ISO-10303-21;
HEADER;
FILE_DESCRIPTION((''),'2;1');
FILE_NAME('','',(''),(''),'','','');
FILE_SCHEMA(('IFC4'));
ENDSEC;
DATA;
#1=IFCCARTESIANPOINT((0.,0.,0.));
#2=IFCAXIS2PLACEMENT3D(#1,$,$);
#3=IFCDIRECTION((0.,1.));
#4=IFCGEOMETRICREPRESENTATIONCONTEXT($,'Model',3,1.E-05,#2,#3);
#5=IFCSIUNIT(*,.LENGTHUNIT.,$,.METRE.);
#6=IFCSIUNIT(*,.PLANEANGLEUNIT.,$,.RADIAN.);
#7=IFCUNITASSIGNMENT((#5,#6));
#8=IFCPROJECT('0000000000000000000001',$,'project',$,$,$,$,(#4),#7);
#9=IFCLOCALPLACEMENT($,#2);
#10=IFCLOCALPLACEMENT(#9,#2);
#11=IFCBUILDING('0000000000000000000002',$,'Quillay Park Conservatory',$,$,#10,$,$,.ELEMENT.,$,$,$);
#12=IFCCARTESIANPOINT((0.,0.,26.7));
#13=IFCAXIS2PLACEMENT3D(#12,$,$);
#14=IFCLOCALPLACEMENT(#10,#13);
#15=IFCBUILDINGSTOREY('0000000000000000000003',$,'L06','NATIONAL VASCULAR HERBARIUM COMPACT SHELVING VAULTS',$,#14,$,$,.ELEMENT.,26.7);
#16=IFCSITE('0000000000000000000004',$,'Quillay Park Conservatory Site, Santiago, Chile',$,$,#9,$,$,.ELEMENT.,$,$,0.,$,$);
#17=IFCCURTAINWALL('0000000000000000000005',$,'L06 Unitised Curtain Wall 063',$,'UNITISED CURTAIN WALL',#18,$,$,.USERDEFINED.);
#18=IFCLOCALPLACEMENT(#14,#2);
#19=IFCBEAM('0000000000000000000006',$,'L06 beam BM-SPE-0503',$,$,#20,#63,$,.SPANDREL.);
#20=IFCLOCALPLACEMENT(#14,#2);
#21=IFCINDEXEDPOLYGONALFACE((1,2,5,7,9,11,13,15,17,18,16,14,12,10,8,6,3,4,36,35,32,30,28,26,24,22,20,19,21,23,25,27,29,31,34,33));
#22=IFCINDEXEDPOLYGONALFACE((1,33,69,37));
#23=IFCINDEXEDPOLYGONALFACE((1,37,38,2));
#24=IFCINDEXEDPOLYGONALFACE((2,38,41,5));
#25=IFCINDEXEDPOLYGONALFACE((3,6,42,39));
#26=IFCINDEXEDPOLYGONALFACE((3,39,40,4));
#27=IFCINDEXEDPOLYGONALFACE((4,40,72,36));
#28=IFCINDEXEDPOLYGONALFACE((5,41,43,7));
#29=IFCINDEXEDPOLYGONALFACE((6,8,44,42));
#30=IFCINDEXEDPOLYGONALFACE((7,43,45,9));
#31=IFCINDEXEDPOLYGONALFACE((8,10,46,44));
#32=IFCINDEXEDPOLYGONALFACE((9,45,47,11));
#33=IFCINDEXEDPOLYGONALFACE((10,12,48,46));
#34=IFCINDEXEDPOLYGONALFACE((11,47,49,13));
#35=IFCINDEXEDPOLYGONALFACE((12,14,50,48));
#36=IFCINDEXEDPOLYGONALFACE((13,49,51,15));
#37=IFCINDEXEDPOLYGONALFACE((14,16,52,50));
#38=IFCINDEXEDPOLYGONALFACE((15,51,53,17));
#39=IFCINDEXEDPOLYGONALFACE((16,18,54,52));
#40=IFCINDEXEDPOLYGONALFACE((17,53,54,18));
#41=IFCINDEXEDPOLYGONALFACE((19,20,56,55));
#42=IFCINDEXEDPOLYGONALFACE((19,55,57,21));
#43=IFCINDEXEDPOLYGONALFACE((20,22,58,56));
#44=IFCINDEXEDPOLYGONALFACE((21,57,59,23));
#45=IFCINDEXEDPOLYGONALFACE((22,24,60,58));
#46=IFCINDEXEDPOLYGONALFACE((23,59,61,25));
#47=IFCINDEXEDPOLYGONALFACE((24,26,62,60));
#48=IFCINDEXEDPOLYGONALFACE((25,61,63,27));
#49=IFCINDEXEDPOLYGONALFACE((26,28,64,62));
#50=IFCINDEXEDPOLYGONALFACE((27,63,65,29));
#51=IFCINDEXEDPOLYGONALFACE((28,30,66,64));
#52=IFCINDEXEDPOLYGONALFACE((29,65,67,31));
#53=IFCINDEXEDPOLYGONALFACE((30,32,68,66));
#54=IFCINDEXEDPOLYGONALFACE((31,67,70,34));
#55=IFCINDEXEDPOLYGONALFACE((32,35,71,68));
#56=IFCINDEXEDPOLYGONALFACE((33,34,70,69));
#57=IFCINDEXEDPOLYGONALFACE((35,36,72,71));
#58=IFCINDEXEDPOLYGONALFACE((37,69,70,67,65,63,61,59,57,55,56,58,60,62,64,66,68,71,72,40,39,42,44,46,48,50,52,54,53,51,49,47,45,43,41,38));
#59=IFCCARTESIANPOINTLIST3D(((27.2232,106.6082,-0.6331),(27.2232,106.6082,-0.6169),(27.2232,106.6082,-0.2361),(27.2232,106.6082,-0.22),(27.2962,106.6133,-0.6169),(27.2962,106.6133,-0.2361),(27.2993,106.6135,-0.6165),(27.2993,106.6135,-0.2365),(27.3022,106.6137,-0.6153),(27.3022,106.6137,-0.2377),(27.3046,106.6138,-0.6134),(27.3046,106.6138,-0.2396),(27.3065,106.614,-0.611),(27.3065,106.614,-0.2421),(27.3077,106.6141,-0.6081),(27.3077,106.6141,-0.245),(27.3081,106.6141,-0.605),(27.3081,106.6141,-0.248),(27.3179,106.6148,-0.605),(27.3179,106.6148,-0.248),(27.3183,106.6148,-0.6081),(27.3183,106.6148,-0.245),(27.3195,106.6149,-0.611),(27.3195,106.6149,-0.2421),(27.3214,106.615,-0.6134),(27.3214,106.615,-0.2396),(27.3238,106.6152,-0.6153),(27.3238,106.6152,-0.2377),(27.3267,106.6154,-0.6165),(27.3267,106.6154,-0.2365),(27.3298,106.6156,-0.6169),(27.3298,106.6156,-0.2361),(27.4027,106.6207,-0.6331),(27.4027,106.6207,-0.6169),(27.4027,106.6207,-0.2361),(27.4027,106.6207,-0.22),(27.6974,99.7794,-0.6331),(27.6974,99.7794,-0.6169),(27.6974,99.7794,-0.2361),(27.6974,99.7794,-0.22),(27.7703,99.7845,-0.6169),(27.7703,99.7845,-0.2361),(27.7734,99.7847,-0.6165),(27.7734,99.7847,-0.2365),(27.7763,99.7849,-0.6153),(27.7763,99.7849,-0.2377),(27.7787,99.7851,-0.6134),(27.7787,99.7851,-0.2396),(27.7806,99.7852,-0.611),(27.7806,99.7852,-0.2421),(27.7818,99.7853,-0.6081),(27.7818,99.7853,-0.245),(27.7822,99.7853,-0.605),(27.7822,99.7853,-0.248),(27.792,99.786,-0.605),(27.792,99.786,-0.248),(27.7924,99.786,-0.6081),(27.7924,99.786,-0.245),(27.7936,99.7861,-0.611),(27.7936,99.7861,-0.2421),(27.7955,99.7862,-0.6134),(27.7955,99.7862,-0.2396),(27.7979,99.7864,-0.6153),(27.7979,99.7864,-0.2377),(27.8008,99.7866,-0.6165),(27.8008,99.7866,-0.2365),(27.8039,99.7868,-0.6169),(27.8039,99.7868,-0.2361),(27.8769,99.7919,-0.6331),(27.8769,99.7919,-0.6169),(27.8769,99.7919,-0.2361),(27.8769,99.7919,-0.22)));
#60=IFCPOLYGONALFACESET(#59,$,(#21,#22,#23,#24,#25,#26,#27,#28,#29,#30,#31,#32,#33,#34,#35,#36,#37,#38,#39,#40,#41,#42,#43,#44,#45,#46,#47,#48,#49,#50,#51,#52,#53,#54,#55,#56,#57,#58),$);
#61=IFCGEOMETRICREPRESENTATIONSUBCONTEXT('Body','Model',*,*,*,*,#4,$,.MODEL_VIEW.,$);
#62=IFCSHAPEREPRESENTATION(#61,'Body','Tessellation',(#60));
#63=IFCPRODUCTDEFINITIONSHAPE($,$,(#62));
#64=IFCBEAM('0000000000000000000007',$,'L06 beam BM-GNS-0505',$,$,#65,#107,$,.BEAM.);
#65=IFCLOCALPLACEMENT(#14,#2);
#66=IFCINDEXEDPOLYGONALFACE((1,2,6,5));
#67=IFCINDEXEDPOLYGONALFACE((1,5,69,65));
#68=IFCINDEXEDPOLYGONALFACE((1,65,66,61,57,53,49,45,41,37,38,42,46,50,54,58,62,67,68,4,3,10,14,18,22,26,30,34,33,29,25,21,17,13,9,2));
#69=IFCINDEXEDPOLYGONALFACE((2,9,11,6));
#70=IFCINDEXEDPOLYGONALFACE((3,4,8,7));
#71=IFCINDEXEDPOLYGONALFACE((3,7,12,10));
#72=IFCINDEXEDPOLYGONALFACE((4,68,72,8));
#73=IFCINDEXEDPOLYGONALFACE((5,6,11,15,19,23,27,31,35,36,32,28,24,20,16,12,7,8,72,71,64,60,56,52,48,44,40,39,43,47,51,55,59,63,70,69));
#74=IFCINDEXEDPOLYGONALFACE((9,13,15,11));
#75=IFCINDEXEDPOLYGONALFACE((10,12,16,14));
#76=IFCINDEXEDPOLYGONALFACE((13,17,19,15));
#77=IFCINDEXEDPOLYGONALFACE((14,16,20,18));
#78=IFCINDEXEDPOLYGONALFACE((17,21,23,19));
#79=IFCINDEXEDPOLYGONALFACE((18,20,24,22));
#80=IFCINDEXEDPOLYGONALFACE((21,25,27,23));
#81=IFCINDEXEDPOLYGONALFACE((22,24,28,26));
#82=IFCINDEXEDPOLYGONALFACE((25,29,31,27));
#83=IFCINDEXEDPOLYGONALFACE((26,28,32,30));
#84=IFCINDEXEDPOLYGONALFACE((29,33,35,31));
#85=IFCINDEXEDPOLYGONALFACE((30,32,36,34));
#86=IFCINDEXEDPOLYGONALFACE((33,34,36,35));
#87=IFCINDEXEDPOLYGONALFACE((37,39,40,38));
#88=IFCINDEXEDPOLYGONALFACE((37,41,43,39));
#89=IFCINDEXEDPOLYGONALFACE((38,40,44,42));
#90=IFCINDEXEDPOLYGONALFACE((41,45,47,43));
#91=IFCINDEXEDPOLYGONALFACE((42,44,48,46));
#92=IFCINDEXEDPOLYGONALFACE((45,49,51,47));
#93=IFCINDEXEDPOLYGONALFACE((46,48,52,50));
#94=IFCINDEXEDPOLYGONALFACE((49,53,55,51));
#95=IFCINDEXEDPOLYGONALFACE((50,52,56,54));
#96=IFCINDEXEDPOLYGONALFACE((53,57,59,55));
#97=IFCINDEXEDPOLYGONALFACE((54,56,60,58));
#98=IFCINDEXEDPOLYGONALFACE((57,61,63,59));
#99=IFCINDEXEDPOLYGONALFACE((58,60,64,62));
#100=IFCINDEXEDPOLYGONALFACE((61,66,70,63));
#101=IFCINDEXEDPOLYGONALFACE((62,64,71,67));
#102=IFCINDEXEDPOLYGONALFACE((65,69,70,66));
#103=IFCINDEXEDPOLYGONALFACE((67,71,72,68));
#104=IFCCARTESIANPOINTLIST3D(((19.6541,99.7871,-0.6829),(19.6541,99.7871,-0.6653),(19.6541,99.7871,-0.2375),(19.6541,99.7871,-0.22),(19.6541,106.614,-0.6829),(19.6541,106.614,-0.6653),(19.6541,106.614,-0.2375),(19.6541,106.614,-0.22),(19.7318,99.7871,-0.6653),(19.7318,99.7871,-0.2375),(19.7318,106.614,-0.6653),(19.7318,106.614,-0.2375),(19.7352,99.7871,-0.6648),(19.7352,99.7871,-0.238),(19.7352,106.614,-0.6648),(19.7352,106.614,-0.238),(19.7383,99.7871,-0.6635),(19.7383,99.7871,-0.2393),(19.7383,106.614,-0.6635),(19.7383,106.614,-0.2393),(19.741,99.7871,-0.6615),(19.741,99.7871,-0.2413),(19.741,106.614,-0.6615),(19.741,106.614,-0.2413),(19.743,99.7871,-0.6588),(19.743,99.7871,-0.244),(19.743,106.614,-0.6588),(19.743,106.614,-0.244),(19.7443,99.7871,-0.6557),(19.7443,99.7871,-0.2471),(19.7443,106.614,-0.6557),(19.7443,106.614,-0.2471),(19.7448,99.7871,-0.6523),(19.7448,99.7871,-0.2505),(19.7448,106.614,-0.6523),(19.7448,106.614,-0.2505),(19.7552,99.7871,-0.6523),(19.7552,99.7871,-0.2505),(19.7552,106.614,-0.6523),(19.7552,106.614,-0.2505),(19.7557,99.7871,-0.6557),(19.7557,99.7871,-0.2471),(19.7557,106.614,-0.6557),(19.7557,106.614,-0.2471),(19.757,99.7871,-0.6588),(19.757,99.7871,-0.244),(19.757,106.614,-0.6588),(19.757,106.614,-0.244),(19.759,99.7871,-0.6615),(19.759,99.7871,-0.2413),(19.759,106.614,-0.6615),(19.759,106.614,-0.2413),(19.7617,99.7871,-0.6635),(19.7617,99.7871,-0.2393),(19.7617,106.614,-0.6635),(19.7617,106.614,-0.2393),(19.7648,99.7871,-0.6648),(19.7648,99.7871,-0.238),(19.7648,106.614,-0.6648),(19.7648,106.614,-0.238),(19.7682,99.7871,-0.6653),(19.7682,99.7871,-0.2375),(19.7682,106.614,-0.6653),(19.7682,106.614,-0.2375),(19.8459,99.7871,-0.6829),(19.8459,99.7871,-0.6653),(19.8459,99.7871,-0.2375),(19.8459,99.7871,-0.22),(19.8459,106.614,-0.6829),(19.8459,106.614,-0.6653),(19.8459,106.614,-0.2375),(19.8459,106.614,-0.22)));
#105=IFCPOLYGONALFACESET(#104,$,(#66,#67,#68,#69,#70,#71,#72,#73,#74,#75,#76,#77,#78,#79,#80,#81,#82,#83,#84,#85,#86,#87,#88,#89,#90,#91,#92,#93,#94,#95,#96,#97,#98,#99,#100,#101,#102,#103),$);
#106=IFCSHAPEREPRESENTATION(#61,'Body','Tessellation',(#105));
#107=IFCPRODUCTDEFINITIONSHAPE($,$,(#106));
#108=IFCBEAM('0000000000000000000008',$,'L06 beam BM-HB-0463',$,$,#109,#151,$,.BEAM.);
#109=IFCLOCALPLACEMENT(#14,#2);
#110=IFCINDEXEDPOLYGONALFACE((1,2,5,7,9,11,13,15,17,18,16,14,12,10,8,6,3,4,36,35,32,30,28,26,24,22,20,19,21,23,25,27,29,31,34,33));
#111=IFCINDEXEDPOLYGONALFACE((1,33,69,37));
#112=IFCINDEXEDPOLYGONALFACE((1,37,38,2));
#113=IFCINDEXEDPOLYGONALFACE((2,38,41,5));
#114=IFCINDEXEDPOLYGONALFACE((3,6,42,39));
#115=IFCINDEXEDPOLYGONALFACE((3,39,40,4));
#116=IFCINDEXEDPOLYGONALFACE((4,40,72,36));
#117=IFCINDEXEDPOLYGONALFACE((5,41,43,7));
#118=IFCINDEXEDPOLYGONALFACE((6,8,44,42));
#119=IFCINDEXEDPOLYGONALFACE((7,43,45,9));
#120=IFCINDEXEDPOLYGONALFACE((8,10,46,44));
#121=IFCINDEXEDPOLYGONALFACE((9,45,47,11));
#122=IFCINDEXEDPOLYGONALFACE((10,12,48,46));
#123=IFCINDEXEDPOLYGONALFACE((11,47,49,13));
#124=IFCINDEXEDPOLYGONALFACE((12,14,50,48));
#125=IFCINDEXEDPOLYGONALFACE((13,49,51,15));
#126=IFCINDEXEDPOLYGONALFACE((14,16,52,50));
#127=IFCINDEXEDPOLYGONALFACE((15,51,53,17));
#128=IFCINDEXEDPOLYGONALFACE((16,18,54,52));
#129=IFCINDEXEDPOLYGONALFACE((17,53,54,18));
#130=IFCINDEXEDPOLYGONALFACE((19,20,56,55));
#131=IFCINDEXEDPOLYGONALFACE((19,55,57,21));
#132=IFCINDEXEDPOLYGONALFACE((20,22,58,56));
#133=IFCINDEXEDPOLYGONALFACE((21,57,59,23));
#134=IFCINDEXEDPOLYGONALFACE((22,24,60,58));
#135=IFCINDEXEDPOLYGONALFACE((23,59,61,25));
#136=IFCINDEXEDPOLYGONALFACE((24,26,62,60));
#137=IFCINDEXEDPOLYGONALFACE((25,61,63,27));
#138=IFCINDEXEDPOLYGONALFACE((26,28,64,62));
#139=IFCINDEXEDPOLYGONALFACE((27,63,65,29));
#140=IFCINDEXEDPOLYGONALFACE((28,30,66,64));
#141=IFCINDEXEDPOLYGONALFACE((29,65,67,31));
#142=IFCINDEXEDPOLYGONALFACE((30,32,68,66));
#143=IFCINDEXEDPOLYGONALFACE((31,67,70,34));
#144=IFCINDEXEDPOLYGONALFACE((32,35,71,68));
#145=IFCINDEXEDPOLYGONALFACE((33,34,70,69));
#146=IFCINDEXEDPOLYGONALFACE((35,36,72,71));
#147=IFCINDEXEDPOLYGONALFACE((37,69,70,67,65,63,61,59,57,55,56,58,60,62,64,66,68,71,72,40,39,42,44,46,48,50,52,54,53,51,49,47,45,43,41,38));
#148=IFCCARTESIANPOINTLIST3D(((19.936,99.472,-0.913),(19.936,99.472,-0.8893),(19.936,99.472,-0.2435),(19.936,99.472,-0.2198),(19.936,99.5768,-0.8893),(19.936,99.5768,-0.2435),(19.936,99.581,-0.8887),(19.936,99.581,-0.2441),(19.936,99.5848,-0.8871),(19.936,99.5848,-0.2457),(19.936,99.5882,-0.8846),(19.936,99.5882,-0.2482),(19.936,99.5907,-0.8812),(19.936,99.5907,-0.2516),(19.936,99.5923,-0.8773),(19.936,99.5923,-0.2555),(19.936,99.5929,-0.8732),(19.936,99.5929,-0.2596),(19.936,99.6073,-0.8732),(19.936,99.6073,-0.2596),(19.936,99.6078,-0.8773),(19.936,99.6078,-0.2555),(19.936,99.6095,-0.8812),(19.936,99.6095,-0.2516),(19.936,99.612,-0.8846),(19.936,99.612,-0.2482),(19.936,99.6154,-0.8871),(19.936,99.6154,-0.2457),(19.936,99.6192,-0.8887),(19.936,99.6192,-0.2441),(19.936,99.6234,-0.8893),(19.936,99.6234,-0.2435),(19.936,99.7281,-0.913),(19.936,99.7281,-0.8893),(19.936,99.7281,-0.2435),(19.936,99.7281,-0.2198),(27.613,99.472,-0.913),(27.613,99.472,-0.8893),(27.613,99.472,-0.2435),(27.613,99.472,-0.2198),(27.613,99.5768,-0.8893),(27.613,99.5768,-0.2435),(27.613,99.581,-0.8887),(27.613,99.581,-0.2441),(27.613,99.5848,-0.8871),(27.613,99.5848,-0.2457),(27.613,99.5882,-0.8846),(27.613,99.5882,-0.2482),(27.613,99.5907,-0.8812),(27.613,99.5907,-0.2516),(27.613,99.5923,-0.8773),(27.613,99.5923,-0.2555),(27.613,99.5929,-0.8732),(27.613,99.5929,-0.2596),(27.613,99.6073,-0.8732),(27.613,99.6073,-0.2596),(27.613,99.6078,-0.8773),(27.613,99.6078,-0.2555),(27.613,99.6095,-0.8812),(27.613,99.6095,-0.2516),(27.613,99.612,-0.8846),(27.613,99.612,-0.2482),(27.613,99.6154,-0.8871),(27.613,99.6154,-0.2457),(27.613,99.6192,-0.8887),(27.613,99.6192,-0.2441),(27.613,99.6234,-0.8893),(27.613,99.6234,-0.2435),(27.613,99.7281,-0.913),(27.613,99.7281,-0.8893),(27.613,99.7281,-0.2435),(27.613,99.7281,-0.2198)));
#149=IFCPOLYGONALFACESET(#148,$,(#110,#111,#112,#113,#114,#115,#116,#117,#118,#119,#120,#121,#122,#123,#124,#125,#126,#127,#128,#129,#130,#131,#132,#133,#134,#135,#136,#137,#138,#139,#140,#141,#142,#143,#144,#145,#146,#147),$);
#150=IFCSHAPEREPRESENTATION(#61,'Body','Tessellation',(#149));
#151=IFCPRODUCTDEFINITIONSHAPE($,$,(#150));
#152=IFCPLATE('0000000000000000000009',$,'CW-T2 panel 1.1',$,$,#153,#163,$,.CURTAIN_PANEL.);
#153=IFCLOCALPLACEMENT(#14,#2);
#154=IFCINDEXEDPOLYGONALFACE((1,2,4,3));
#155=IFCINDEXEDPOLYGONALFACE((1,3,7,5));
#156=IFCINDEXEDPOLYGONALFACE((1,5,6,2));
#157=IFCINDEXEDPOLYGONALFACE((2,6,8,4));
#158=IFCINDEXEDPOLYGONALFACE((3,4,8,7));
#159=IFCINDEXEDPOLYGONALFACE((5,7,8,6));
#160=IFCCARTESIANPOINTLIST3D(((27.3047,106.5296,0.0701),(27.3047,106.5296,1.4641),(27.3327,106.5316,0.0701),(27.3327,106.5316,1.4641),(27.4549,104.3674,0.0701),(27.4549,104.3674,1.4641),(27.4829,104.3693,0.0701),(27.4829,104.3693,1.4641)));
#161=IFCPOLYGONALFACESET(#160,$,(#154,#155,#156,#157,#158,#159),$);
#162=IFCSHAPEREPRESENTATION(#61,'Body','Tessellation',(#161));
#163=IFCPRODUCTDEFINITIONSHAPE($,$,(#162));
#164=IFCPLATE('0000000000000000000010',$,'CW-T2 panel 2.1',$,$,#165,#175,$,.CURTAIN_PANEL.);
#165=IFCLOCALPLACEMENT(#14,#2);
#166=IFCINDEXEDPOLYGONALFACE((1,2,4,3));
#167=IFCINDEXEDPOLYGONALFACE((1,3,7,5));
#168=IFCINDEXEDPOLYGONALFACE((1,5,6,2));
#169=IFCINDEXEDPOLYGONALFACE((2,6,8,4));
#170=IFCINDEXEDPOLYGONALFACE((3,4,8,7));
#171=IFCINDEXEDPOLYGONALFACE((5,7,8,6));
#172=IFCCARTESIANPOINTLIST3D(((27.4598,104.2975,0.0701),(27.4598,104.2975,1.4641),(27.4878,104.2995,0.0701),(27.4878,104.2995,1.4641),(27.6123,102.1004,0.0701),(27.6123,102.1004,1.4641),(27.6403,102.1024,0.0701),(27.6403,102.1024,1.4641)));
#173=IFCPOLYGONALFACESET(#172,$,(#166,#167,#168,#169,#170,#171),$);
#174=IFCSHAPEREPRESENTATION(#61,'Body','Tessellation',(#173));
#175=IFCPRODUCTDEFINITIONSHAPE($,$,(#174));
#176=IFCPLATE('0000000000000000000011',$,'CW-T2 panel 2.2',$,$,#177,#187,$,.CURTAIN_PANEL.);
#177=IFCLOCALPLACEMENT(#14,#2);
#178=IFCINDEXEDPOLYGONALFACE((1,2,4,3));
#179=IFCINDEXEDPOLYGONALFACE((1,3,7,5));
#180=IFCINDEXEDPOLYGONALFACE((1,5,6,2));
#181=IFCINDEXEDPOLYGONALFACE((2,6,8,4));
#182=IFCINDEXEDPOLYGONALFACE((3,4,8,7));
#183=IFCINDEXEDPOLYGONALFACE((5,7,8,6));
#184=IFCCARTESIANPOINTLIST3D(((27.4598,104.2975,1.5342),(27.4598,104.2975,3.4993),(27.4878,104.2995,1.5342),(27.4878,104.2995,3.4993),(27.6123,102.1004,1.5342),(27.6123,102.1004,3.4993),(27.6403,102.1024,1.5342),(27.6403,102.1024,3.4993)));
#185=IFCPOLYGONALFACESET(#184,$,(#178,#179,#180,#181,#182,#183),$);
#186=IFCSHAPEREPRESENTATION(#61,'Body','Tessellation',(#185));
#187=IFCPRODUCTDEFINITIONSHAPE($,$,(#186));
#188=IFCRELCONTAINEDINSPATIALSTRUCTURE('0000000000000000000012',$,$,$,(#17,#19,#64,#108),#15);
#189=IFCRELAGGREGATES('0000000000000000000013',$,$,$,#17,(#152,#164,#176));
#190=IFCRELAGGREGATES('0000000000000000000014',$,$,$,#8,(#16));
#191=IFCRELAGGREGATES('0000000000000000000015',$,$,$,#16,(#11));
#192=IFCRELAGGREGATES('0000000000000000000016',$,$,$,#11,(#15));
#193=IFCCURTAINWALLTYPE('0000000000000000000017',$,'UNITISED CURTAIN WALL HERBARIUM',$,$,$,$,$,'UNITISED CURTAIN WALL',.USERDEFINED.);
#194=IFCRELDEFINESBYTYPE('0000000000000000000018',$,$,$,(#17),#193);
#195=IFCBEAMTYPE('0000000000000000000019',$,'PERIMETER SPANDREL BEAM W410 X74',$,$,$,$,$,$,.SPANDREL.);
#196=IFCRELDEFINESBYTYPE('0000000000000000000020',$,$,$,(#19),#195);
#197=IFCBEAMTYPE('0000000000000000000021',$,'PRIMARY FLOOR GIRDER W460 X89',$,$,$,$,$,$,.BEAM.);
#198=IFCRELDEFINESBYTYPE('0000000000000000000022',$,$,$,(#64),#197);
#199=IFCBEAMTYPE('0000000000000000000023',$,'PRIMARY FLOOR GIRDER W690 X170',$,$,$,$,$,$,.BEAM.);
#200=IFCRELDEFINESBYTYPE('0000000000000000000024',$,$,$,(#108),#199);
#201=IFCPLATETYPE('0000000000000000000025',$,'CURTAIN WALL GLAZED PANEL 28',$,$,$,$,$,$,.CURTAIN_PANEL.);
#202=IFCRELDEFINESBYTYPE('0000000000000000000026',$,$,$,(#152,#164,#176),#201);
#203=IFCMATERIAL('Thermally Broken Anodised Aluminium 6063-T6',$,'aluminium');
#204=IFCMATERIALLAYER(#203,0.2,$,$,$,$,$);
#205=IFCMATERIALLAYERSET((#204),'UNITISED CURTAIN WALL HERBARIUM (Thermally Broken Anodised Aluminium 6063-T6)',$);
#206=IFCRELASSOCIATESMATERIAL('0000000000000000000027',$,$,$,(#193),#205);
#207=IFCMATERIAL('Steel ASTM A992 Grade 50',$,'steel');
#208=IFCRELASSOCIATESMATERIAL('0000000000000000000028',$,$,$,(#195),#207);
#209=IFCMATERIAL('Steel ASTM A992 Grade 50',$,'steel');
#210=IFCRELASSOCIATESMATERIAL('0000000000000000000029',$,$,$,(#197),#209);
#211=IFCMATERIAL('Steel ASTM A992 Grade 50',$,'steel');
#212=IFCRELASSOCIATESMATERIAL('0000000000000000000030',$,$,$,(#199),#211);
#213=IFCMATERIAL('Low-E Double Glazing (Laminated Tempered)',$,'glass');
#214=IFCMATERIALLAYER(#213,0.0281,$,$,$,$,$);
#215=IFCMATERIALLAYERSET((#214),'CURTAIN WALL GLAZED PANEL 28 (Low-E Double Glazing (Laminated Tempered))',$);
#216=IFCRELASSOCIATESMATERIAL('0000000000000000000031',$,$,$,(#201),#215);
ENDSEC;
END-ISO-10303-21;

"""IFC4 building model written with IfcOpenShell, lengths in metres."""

from ifc_helpers import new_model, si_unit, direction, frame, origin, origin_2d, place, context, subcontext, project, spatial, rectangle, i_section, extrude, material, layer, layer_set, material_profile, profile_set, type_object, element, aggregate, save


model = new_model("IFC4")

# Units and contexts
model_context = context("Model", 3, precision=1e-05, world=origin(), true_north=direction((0.0, 1.0)))
body_context = subcontext(model_context, "Body", "Model", "MODEL_VIEW")
ifc_project = project(units=[si_unit("LENGTHUNIT", "METRE"), si_unit("PLANEANGLEUNIT", "RADIAN")], contexts=[model_context])

# Site, building, storey
site_placement = place(None, origin())
site = spatial("IfcSite", under=ifc_project, at=site_placement, Name="Quillay Park Conservatory Site, Santiago, Chile", CompositionType="ELEMENT", RefElevation=0.0)
building_placement = place(site_placement, origin())
building = spatial("IfcBuilding", under=site, at=building_placement, Name="Quillay Park Conservatory", CompositionType="ELEMENT")
storey_placement = place(building_placement, frame((0.0, 0.0, 26.7)))
storey = spatial("IfcBuildingStorey", under=building, at=storey_placement, Name="L06", Description="NATIONAL VASCULAR HERBARIUM COMPACT SHELVING VAULTS", CompositionType="ELEMENT", Elevation=26.7)

# Shared definitions
ifc_material_1 = material(Name="Thermally Broken Anodised Aluminium 6063-T6", Category="aluminium")
ifc_layer_1 = layer(ifc_material_1, 0.2)
ifc_layer_set_1 = layer_set([ifc_layer_1], Name="UNITISED CURTAIN WALL HERBARIUM (Thermally Broken Anodised Aluminium 6063-T6)")
curtain_wall_type = type_object("IfcCurtainWallType", Name="UNITISED CURTAIN WALL HERBARIUM", ElementType="UNITISED CURTAIN WALL", PredefinedType="USERDEFINED", material=ifc_layer_set_1)

# Curtain wall
curtain_wall_1_placement = place(storey_placement, origin())
curtain_wall_1 = element("IfcCurtainWall", 1, at=curtain_wall_1_placement, inside=storey, type_object=curtain_wall_type, Name="L06 Unitised Curtain Wall 063", ObjectType="UNITISED CURTAIN WALL", PredefinedType="USERDEFINED")

# Beams
ifc_material_2 = material(Name="Steel ASTM A992 Grade 50", Category="steel")
ifc_material_profile_1 = material_profile(ifc_material_2, i_section(OverallWidth=0.1799, OverallDepth=0.4131, WebThickness=0.0098, FlangeThickness=0.0161, FilletRadius=0.012, at=origin_2d()), Name="W410x74")
ifc_profile_set_1 = profile_set([ifc_material_profile_1], Name="Steel ASTM A992 Grade 50")
beam_type_1 = type_object("IfcBeamType", Name="PERIMETER SPANDREL BEAM W410 X74", PredefinedType="SPANDREL", material=ifc_profile_set_1)
beam_1_placement = place(storey_placement, frame((27.7871, 99.7856, -0.4265), z_axis=(-0.069262, 0.997598, 0.0), x_axis=(-0.997598, -0.069262, 0.0)))
element("IfcBeam", 2, at=beam_1_placement, inside=storey, type_object=beam_type_1, Name="L06 beam BM-SPE-0503", PredefinedType="SPANDREL", context=body_context, shape_type="SweptSolid", body=[
    extrude(i_section(OverallWidth=0.1799, OverallDepth=0.4131, WebThickness=0.0098, FlangeThickness=0.0161, FilletRadius=0.012, at=origin_2d()), origin(), (0.0, 0.0, 1.0), 6.8452),
])
ifc_material_3 = material(Name="Steel ASTM A992 Grade 50", Category="steel")
ifc_material_profile_2 = material_profile(ifc_material_3, i_section(OverallWidth=0.1919, OverallDepth=0.4629, WebThickness=0.0105, FlangeThickness=0.0176, FilletRadius=0.0129, at=origin_2d()), Name="W460x89")
ifc_profile_set_2 = profile_set([ifc_material_profile_2], Name="Steel ASTM A992 Grade 50")
beam_type_2 = type_object("IfcBeamType", Name="PRIMARY FLOOR GIRDER W460 X89", PredefinedType="BEAM", material=ifc_profile_set_2)
beam_2_placement = place(storey_placement, frame((19.75, 99.7871, -0.4514), z_axis=(0.0, 1.0, 0.0), x_axis=(-1.0, 0.0, 0.0)))
element("IfcBeam", 3, at=beam_2_placement, inside=storey, type_object=beam_type_2, Name="L06 beam BM-GNS-0505", PredefinedType="BEAM", context=body_context, shape_type="SweptSolid", body=[
    extrude(i_section(OverallWidth=0.1919, OverallDepth=0.4629, WebThickness=0.0105, FlangeThickness=0.0176, FilletRadius=0.0129, at=origin_2d()), origin(), (0.0, 0.0, 1.0), 6.8269),
])
ifc_material_4 = material(Name="Steel ASTM A992 Grade 50", Category="steel")
ifc_material_profile_3 = material_profile(ifc_material_4, i_section(OverallWidth=0.2561, OverallDepth=0.6931, WebThickness=0.0144, FlangeThickness=0.0237, FilletRadius=0.0161, at=origin_2d()), Name="W690x170")
ifc_profile_set_3 = profile_set([ifc_material_profile_3], Name="Steel ASTM A992 Grade 50")
beam_type_3 = type_object("IfcBeamType", Name="PRIMARY FLOOR GIRDER W690 X170", PredefinedType="BEAM", material=ifc_profile_set_3)
beam_3_placement = place(storey_placement, frame((19.936, 99.6001, -0.5664), z_axis=(1.0, 0.0, 0.0), x_axis=(0.0, 1.0, 0.0)))
element("IfcBeam", 4, at=beam_3_placement, inside=storey, type_object=beam_type_3, Name="L06 beam BM-HB-0463", PredefinedType="BEAM", context=body_context, shape_type="SweptSolid", body=[
    extrude(i_section(OverallWidth=0.2561, OverallDepth=0.6931, WebThickness=0.0144, FlangeThickness=0.0237, FilletRadius=0.0161, at=origin_2d()), origin(), (0.0, 0.0, 1.0), 7.677),
])

# Plates
ifc_material_5 = material(Name="Low-E Double Glazing (Laminated Tempered)", Category="glass")
ifc_layer_2 = layer(ifc_material_5, 0.0281)
ifc_layer_set_2 = layer_set([ifc_layer_2], Name="CURTAIN WALL GLAZED PANEL 28 (Low-E Double Glazing (Laminated Tempered))")
plate_type = type_object("IfcPlateType", Name="CURTAIN WALL GLAZED PANEL 28", PredefinedType="CURTAIN_PANEL", material=ifc_layer_set_2)
plate_1_placement = place(storey_placement, frame((27.3938, 105.4495, 0.0701), z_axis=(0.0, 0.0, 1.0), x_axis=(0.069264, -0.997598, 0.0)))
plate_1 = element("IfcPlate", 5, at=plate_1_placement, type_object=plate_type, Name="CW-T2 panel 1.1", PredefinedType="CURTAIN_PANEL", context=body_context, shape_type="SweptSolid", body=[
    extrude(rectangle(XDim=2.1675, YDim=0.0281, at=origin_2d()), origin(), (0.0, 0.0, 1.0), 1.394),
])
plate_2_placement = place(storey_placement, frame((27.55, 103.2, 0.0701), z_axis=(0.0, 0.0, 1.0), x_axis=(0.069264, -0.997598, 0.0)))
plate_2 = element("IfcPlate", 6, at=plate_2_placement, type_object=plate_type, Name="CW-T2 panel 2.1", PredefinedType="CURTAIN_PANEL", context=body_context, shape_type="SweptSolid", body=[
    extrude(rectangle(XDim=2.2024, YDim=0.0281, at=origin_2d()), origin(), (0.0, 0.0, 1.0), 1.394),
])
plate_3_placement = place(storey_placement, frame((27.55, 103.2, 1.5342), z_axis=(0.0, 0.0, 1.0), x_axis=(0.069264, -0.997598, 0.0)))
plate_3 = element("IfcPlate", 7, at=plate_3_placement, type_object=plate_type, Name="CW-T2 panel 2.2", PredefinedType="CURTAIN_PANEL", context=body_context, shape_type="SweptSolid", body=[
    extrude(rectangle(XDim=2.2024, YDim=0.0281, at=origin_2d()), origin(), (0.0, 0.0, 1.0), 1.9651),
])
aggregate(curtain_wall_1, [plate_1, plate_2, plate_3])

save(model, "model.ifc")
